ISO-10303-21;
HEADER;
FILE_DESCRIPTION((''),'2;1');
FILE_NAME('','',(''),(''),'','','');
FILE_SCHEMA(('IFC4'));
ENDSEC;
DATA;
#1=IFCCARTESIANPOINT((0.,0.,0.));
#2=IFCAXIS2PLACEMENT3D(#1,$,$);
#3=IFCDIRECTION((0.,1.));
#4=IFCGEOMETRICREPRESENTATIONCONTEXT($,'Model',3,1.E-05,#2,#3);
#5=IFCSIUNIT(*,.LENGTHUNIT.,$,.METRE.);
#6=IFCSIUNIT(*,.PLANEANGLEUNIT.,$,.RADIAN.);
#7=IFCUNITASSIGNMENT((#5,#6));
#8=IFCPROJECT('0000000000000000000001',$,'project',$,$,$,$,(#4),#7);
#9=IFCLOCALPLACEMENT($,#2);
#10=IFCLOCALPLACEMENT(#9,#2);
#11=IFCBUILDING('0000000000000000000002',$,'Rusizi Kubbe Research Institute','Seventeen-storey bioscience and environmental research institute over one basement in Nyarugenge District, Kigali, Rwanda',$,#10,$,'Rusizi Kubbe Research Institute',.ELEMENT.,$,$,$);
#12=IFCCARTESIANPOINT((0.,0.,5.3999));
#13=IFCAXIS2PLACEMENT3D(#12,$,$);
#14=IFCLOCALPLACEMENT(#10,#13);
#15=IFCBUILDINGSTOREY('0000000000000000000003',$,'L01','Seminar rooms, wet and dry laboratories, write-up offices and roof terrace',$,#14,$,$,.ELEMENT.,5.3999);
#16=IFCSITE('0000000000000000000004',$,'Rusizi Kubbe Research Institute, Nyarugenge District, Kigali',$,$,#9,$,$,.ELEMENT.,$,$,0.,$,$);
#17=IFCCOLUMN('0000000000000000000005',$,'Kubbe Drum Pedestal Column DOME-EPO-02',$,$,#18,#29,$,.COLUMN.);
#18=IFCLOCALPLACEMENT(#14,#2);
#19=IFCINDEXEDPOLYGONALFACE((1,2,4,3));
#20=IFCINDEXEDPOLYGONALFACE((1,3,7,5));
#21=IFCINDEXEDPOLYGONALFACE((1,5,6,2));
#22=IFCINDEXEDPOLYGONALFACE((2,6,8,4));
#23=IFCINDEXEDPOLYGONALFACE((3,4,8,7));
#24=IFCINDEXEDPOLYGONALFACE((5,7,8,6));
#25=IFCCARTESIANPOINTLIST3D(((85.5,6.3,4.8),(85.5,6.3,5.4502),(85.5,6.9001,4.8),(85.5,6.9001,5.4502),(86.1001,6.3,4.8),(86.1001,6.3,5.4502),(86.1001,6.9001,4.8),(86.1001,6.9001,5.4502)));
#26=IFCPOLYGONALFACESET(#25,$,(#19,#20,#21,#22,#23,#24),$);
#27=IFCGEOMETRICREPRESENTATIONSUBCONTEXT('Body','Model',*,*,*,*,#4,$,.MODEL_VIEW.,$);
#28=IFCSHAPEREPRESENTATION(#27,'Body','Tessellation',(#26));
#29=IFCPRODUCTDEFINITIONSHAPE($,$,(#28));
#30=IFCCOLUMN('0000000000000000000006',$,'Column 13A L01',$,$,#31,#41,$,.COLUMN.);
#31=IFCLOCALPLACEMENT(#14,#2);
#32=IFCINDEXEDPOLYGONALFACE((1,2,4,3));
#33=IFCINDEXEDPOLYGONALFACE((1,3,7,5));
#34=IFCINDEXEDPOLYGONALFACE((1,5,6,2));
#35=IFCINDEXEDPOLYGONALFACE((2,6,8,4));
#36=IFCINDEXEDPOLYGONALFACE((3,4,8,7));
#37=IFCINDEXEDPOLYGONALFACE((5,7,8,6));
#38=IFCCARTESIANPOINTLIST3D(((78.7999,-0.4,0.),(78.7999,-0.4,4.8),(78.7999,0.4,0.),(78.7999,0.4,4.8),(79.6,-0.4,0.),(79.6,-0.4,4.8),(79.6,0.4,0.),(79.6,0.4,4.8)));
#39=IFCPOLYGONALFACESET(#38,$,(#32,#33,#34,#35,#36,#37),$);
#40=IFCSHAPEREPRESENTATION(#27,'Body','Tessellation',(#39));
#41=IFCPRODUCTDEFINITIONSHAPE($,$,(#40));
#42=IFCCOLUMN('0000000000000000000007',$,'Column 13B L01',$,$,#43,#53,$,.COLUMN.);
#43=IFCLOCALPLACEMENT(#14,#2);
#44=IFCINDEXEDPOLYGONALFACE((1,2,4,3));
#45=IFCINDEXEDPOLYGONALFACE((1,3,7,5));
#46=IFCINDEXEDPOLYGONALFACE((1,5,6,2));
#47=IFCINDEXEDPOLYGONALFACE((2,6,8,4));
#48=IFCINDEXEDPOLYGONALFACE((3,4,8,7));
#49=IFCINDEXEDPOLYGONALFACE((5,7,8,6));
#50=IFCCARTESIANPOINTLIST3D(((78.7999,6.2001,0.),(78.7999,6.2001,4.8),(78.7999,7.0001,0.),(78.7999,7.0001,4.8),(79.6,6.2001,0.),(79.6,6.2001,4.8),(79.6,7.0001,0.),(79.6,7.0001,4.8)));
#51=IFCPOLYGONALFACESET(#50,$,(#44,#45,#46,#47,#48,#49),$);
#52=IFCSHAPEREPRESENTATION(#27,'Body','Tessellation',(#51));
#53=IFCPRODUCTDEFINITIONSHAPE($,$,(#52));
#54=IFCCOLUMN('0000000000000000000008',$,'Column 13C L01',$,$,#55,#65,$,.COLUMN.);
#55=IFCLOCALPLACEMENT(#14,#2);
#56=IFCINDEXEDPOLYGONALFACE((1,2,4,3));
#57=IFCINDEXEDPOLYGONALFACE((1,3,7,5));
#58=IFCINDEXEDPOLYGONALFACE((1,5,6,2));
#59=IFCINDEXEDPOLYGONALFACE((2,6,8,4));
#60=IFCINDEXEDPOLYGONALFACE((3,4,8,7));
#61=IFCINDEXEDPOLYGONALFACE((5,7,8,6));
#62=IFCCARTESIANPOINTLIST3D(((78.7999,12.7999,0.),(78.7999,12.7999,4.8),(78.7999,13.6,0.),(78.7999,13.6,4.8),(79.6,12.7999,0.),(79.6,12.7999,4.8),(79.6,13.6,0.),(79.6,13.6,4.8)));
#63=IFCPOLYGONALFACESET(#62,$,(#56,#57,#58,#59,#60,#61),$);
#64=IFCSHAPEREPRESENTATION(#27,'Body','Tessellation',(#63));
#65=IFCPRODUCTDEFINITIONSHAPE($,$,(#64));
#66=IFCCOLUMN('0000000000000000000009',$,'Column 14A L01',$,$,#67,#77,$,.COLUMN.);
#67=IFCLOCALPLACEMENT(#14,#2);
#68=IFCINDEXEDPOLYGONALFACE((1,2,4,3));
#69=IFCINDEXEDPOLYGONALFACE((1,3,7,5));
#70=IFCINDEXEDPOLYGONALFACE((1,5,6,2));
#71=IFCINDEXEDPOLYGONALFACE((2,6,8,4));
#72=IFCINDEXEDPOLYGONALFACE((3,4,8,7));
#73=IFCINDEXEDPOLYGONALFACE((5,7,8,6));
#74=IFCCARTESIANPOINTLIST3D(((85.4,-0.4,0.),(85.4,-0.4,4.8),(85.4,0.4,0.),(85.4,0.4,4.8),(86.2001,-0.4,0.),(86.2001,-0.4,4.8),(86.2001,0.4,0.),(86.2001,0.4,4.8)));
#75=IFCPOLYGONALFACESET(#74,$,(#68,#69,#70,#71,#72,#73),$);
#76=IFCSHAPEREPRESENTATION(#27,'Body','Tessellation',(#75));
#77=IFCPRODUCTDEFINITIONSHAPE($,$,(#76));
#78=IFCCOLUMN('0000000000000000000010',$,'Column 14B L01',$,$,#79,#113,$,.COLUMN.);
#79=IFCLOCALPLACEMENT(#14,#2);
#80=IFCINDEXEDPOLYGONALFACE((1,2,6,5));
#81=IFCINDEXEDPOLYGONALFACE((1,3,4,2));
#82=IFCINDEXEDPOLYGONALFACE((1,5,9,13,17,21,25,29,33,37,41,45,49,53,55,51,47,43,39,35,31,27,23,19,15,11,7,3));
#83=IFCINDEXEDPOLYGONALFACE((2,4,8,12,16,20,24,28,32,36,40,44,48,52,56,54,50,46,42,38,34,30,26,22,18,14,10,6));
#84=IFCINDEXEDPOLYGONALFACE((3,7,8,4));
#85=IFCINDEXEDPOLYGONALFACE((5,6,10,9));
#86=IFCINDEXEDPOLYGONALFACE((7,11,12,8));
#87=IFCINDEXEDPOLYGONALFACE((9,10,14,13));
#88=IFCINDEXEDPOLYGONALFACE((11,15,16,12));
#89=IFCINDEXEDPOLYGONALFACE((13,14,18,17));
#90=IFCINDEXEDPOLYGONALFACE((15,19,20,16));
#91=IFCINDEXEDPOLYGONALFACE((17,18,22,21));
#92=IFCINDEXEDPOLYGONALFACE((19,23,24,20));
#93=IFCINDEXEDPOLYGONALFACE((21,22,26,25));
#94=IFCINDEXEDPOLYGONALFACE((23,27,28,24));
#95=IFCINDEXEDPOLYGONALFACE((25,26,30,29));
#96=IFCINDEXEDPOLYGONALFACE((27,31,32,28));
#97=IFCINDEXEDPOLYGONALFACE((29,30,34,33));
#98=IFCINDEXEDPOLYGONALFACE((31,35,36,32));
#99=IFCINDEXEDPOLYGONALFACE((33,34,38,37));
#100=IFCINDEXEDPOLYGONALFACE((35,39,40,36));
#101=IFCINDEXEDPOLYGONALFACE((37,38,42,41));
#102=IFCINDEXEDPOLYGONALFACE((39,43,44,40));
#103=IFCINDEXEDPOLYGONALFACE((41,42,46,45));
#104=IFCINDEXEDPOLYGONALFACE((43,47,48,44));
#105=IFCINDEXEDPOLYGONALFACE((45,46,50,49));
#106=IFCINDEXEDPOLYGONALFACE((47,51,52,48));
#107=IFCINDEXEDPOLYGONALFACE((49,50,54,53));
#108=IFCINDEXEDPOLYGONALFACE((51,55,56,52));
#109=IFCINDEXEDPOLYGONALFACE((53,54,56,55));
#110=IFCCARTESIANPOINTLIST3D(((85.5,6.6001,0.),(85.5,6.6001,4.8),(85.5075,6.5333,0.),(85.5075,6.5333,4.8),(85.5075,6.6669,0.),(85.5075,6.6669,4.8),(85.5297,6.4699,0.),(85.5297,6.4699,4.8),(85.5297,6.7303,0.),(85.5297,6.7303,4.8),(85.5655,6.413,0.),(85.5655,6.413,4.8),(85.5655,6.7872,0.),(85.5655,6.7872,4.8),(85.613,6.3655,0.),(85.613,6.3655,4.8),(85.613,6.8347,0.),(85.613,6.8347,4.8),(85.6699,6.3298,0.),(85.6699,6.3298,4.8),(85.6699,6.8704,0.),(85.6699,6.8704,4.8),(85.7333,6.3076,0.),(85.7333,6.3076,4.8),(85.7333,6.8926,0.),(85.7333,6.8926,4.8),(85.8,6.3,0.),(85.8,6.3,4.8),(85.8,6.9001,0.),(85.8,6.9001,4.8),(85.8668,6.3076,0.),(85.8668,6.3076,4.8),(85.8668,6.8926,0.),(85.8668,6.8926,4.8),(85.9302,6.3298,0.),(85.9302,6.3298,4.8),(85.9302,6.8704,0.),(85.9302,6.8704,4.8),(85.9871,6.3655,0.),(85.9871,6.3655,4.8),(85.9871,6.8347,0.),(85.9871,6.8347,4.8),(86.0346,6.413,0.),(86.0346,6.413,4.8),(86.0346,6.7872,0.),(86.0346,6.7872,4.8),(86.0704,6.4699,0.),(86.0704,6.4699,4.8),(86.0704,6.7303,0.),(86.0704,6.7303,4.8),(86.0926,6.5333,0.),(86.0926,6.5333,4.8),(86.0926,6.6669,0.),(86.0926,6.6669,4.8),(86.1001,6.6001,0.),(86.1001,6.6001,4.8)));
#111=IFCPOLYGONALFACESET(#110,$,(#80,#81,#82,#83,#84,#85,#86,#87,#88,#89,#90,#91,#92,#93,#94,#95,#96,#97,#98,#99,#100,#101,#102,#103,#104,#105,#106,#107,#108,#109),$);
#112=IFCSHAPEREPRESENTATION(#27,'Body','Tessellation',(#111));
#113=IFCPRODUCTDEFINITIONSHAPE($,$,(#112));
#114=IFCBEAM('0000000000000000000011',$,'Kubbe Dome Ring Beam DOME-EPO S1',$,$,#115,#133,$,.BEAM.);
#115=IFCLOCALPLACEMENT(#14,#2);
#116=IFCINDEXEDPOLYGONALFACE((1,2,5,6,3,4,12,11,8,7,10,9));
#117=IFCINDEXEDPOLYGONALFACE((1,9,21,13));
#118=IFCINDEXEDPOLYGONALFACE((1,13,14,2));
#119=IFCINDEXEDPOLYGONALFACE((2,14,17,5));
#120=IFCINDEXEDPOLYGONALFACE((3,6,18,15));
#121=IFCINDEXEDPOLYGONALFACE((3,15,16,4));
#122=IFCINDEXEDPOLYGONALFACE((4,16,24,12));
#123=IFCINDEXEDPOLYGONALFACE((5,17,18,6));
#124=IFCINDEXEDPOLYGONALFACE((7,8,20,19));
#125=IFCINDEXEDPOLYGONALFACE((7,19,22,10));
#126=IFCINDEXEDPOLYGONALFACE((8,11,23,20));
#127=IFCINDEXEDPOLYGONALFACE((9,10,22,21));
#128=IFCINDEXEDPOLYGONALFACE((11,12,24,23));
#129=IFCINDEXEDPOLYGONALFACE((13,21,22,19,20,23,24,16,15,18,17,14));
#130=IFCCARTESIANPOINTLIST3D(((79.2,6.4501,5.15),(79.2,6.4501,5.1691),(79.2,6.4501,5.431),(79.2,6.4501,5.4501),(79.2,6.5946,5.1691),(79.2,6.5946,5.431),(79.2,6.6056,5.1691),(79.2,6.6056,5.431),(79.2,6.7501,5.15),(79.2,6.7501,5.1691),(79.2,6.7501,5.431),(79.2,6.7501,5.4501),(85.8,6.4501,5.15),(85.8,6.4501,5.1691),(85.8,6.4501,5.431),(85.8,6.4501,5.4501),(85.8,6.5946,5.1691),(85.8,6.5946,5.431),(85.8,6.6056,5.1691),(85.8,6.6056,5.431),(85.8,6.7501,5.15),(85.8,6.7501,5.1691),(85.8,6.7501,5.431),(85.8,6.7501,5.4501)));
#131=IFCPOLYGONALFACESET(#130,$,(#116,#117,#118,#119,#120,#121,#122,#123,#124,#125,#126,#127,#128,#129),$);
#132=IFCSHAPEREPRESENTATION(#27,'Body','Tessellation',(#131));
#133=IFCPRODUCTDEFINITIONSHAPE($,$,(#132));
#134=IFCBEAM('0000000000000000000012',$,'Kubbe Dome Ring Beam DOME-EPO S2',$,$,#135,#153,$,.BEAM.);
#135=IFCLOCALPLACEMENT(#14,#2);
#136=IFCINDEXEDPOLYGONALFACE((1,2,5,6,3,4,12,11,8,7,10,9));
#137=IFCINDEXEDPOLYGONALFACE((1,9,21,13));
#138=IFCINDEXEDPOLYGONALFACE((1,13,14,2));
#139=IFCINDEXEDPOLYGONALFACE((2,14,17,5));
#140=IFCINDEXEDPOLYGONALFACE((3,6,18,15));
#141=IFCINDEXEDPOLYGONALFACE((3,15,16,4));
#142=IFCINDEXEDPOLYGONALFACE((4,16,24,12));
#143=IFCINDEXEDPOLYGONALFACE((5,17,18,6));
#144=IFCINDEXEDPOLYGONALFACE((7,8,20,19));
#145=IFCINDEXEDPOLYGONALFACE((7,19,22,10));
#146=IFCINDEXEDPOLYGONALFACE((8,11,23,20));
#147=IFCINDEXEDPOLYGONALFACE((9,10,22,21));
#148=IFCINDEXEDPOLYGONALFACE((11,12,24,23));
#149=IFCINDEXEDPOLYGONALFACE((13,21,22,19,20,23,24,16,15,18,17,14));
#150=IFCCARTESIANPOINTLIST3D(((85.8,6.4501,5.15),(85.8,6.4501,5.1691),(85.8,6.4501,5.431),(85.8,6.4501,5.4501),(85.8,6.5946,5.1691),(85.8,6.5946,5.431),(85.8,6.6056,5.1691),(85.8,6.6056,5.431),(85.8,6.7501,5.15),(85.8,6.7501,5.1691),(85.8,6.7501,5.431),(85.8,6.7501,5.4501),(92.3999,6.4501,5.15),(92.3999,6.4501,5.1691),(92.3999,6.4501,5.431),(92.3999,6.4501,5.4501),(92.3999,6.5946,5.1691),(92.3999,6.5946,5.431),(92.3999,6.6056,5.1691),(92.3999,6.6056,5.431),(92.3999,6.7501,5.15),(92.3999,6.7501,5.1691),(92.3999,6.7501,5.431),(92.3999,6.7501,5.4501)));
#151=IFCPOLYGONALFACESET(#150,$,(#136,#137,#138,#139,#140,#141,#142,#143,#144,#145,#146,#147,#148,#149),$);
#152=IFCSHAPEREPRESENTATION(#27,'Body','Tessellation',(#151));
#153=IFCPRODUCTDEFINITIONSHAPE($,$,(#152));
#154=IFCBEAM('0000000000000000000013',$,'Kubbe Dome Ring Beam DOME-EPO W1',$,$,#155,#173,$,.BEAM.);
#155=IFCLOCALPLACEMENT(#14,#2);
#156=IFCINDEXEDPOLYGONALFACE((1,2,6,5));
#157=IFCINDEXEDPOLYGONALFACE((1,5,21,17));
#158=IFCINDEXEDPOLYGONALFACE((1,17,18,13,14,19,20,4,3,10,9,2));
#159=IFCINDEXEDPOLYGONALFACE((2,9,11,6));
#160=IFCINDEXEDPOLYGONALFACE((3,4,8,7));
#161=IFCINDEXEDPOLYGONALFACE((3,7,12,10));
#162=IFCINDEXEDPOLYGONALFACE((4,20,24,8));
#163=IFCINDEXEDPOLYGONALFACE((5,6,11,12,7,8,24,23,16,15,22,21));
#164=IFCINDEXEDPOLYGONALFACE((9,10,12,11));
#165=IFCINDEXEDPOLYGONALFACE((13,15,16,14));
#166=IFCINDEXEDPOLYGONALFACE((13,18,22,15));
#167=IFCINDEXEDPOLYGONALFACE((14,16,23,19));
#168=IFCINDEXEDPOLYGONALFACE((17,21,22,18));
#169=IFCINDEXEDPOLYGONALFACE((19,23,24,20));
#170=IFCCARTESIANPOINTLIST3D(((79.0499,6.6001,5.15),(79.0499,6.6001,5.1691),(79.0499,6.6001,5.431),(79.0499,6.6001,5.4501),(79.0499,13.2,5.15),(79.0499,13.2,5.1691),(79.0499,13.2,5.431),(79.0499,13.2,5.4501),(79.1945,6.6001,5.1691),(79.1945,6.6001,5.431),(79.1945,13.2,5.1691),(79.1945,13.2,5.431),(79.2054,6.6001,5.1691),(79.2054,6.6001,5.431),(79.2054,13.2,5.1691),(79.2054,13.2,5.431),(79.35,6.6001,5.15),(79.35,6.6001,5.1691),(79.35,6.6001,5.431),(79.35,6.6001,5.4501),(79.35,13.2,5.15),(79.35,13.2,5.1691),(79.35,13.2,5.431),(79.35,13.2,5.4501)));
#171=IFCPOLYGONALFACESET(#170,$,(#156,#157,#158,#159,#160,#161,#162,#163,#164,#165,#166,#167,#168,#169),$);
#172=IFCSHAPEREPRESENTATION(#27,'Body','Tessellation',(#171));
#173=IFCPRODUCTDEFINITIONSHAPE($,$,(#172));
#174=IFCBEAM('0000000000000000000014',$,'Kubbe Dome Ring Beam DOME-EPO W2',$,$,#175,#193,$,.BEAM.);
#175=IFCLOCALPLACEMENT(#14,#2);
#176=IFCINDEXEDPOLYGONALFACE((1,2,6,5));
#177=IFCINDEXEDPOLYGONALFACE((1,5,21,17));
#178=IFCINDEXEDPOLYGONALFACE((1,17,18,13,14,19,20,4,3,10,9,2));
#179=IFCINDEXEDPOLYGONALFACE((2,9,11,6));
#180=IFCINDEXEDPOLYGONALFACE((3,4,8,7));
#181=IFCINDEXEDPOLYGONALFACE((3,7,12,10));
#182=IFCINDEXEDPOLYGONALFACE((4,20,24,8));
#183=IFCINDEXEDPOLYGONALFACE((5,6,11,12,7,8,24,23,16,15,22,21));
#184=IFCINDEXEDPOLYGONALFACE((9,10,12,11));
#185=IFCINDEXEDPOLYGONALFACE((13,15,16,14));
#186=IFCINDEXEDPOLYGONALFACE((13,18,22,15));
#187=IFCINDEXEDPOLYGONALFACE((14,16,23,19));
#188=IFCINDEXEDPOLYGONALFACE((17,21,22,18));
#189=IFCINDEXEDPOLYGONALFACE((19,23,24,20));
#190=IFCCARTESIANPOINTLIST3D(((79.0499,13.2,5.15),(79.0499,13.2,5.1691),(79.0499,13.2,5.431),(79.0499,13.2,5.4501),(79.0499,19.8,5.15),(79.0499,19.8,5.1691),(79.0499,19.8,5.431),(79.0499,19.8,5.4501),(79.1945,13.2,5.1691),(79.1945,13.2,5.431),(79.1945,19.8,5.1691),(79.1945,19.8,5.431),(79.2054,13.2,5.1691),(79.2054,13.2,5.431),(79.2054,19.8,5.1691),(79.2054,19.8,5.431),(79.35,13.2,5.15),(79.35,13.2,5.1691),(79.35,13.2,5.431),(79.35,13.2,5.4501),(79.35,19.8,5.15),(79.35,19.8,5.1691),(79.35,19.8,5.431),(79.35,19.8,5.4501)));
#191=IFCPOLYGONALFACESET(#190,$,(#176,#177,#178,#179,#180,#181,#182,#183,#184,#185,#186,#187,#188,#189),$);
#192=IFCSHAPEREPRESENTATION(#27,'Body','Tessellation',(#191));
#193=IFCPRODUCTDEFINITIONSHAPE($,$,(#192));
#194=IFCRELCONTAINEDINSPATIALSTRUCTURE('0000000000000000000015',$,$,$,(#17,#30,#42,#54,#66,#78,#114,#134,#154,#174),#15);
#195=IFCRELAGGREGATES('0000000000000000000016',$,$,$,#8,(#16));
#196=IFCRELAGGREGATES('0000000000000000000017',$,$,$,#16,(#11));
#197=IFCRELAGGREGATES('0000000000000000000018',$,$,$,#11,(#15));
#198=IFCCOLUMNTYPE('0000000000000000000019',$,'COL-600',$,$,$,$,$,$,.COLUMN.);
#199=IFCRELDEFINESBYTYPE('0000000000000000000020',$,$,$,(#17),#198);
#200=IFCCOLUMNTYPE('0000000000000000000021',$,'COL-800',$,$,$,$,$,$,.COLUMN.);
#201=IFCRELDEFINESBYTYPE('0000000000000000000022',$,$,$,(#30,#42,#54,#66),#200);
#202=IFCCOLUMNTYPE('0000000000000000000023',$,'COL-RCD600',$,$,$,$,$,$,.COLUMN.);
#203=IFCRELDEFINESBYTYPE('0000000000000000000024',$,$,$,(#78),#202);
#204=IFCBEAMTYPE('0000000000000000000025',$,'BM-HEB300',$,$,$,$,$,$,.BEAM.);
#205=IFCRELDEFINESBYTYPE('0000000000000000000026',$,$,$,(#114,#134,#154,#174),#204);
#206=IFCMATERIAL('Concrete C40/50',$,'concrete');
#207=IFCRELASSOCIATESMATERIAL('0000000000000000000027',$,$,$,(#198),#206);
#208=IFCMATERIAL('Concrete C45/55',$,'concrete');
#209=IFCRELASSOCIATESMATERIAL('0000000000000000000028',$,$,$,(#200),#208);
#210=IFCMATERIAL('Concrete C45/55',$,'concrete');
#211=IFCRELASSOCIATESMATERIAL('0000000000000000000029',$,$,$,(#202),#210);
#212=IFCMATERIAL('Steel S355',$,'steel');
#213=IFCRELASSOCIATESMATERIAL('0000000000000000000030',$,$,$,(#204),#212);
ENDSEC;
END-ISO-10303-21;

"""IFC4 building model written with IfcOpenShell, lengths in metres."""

from ifc_helpers import new_model, si_unit, direction, frame, origin, origin_2d, place, context, subcontext, project, spatial, rectangle, circle, i_section, extrude, material, material_profile, profile_set, type_object, element, save


model = new_model("IFC4")

# Units and contexts
model_context = context("Model", 3, precision=1e-05, world=origin(), true_north=direction((0.0, 1.0)))
body_context = subcontext(model_context, "Body", "Model", "MODEL_VIEW")
ifc_project = project(units=[si_unit("LENGTHUNIT", "METRE"), si_unit("PLANEANGLEUNIT", "RADIAN")], contexts=[model_context])

# Site, building, storey
site_placement = place(None, origin())
site = spatial("IfcSite", under=ifc_project, at=site_placement, Name="Rusizi Kubbe Research Institute, Nyarugenge District, Kigali", CompositionType="ELEMENT", RefElevation=0.0)
building_placement = place(site_placement, origin())
building = spatial("IfcBuilding", under=site, at=building_placement, Name="Rusizi Kubbe Research Institute", Description="Seventeen-storey bioscience and environmental research institute over one basement in Nyarugenge District, Kigali, Rwanda", LongName="Rusizi Kubbe Research Institute", CompositionType="ELEMENT")
storey_placement = place(building_placement, frame((0.0, 0.0, 5.3999)))
storey = spatial("IfcBuildingStorey", under=building, at=storey_placement, Name="L01", Description="Seminar rooms, wet and dry laboratories, write-up offices and roof terrace", CompositionType="ELEMENT", Elevation=5.3999)

# Columns
ifc_material_1 = material(Name="Concrete C40/50", Category="concrete")
ifc_material_profile_1 = material_profile(ifc_material_1, rectangle(XDim=0.6001, YDim=0.6001, at=origin_2d()), Name="RC600x600")
ifc_profile_set_1 = profile_set([ifc_material_profile_1], Name="Concrete C40/50")
column_type_1 = type_object("IfcColumnType", Name="COL-600", PredefinedType="COLUMN", material=ifc_profile_set_1)
column_1_placement = place(storey_placement, frame((85.8, 6.6001, 4.8), z_axis=(0.0, 0.0, 1.0), x_axis=(1.0, 0.0, 0.0)))
element("IfcColumn", 1, at=column_1_placement, inside=storey, type_object=column_type_1, Name="Kubbe Drum Pedestal Column DOME-EPO-02", PredefinedType="COLUMN", context=body_context, shape_type="SweptSolid", body=[
    extrude(rectangle(XDim=0.6001, YDim=0.6001, at=origin_2d()), origin(), (0.0, 0.0, 1.0), 0.6501),
])
ifc_material_2 = material(Name="Concrete C45/55", Category="concrete")
ifc_material_profile_2 = material_profile(ifc_material_2, rectangle(XDim=0.8, YDim=0.8, at=origin_2d()), Name="RC800x800")
ifc_profile_set_2 = profile_set([ifc_material_profile_2], Name="Concrete C45/55")
column_type_2 = type_object("IfcColumnType", Name="COL-800", PredefinedType="COLUMN", material=ifc_profile_set_2)
for number, where, z_axis, x_axis, name in (
    (2, (79.2, 0.0, 0.0), (0.0, 0.0, 1.0), (1.0, 0.0, 0.0), "Column 13A L01"),
    (3, (79.2, 6.6001, 0.0), (0.0, 0.0, 1.0), (1.0, 0.0, 0.0), "Column 13B L01"),
    (4, (79.2, 13.2, 0.0), (0.0, 0.0, 1.0), (1.0, 0.0, 0.0), "Column 13C L01"),
    (5, (85.8, 0.0, 0.0), (0.0, 0.0, 1.0), (1.0, 0.0, 0.0), "Column 14A L01"),
):
    element("IfcColumn", number, at=place(storey_placement, frame(where, z_axis=z_axis, x_axis=x_axis)), inside=storey, type_object=column_type_2, Name=name, PredefinedType="COLUMN", context=body_context, shape_type="SweptSolid", body=[
        extrude(rectangle(XDim=0.8, YDim=0.8, at=origin_2d()), origin(), (0.0, 0.0, 1.0), 4.8),
    ])
ifc_material_3 = material(Name="Concrete C45/55", Category="concrete")
ifc_material_profile_3 = material_profile(ifc_material_3, circle(Radius=0.3, at=origin_2d()), Name="RCD600")
ifc_profile_set_3 = profile_set([ifc_material_profile_3], Name="Concrete C45/55")
column_type_3 = type_object("IfcColumnType", Name="COL-RCD600", PredefinedType="COLUMN", material=ifc_profile_set_3)
column_2_placement = place(storey_placement, frame((85.8, 6.6001, 0.0), z_axis=(0.0, 0.0, 1.0), x_axis=(1.0, 0.0, 0.0)))
element("IfcColumn", 6, at=column_2_placement, inside=storey, type_object=column_type_3, Name="Column 14B L01", PredefinedType="COLUMN", context=body_context, shape_type="SweptSolid", body=[
    extrude(circle(Radius=0.3, at=origin_2d()), origin(), (0.0, 0.0, 1.0), 4.8),
])

# Beams
ifc_material_4 = material(Name="Steel S355", Category="steel")
ifc_material_profile_4 = material_profile(ifc_material_4, i_section(OverallWidth=0.3, OverallDepth=0.3, WebThickness=0.011, FlangeThickness=0.019, at=origin_2d()), Name="HEB 300")
ifc_profile_set_4 = profile_set([ifc_material_profile_4], Name="Steel S355")
beam_type_1 = type_object("IfcBeamType", Name="BM-HEB300", PredefinedType="BEAM", material=ifc_profile_set_4)
beam_1_placement = place(storey_placement, frame((79.2, 6.6001, 5.3), z_axis=(1.0, 0.0, 0.0), x_axis=(0.0, 1.0, 0.0)))
element("IfcBeam", 7, at=beam_1_placement, inside=storey, type_object=beam_type_1, Name="Kubbe Dome Ring Beam DOME-EPO S1", PredefinedType="BEAM", context=body_context, shape_type="SweptSolid", body=[
    extrude(i_section(OverallWidth=0.3, OverallDepth=0.3, WebThickness=0.011, FlangeThickness=0.019, at=origin_2d()), origin(), (0.0, 0.0, 1.0), 6.6001),
])
for number, where, z_axis, x_axis, name in (
    (8, (85.8, 6.6001, 5.3), (1.0, 0.0, 0.0), (0.0, 1.0, 0.0), "Kubbe Dome Ring Beam DOME-EPO S2"),
    (9, (79.2, 6.6001, 5.3), (0.0, 1.0, 0.0), (-1.0, 0.0, 0.0), "Kubbe Dome Ring Beam DOME-EPO W1"),
):
    element("IfcBeam", number, at=place(storey_placement, frame(where, z_axis=z_axis, x_axis=x_axis)), inside=storey, type_object=beam_type_1, Name=name, PredefinedType="BEAM", context=body_context, shape_type="SweptSolid", body=[
        extrude(i_section(OverallWidth=0.3, OverallDepth=0.3, WebThickness=0.011, FlangeThickness=0.019, at=origin_2d()), origin(), (0.0, 0.0, 1.0), 6.5999),
    ])
beam_2_placement = place(storey_placement, frame((79.2, 13.2, 5.3), z_axis=(0.0, 1.0, 0.0), x_axis=(-1.0, 0.0, 0.0)))
element("IfcBeam", 10, at=beam_2_placement, inside=storey, type_object=beam_type_1, Name="Kubbe Dome Ring Beam DOME-EPO W2", PredefinedType="BEAM", context=body_context, shape_type="SweptSolid", body=[
    extrude(i_section(OverallWidth=0.3, OverallDepth=0.3, WebThickness=0.011, FlangeThickness=0.019, at=origin_2d()), origin(), (0.0, 0.0, 1.0), 6.6001),
])

save(model, "model.ifc")
